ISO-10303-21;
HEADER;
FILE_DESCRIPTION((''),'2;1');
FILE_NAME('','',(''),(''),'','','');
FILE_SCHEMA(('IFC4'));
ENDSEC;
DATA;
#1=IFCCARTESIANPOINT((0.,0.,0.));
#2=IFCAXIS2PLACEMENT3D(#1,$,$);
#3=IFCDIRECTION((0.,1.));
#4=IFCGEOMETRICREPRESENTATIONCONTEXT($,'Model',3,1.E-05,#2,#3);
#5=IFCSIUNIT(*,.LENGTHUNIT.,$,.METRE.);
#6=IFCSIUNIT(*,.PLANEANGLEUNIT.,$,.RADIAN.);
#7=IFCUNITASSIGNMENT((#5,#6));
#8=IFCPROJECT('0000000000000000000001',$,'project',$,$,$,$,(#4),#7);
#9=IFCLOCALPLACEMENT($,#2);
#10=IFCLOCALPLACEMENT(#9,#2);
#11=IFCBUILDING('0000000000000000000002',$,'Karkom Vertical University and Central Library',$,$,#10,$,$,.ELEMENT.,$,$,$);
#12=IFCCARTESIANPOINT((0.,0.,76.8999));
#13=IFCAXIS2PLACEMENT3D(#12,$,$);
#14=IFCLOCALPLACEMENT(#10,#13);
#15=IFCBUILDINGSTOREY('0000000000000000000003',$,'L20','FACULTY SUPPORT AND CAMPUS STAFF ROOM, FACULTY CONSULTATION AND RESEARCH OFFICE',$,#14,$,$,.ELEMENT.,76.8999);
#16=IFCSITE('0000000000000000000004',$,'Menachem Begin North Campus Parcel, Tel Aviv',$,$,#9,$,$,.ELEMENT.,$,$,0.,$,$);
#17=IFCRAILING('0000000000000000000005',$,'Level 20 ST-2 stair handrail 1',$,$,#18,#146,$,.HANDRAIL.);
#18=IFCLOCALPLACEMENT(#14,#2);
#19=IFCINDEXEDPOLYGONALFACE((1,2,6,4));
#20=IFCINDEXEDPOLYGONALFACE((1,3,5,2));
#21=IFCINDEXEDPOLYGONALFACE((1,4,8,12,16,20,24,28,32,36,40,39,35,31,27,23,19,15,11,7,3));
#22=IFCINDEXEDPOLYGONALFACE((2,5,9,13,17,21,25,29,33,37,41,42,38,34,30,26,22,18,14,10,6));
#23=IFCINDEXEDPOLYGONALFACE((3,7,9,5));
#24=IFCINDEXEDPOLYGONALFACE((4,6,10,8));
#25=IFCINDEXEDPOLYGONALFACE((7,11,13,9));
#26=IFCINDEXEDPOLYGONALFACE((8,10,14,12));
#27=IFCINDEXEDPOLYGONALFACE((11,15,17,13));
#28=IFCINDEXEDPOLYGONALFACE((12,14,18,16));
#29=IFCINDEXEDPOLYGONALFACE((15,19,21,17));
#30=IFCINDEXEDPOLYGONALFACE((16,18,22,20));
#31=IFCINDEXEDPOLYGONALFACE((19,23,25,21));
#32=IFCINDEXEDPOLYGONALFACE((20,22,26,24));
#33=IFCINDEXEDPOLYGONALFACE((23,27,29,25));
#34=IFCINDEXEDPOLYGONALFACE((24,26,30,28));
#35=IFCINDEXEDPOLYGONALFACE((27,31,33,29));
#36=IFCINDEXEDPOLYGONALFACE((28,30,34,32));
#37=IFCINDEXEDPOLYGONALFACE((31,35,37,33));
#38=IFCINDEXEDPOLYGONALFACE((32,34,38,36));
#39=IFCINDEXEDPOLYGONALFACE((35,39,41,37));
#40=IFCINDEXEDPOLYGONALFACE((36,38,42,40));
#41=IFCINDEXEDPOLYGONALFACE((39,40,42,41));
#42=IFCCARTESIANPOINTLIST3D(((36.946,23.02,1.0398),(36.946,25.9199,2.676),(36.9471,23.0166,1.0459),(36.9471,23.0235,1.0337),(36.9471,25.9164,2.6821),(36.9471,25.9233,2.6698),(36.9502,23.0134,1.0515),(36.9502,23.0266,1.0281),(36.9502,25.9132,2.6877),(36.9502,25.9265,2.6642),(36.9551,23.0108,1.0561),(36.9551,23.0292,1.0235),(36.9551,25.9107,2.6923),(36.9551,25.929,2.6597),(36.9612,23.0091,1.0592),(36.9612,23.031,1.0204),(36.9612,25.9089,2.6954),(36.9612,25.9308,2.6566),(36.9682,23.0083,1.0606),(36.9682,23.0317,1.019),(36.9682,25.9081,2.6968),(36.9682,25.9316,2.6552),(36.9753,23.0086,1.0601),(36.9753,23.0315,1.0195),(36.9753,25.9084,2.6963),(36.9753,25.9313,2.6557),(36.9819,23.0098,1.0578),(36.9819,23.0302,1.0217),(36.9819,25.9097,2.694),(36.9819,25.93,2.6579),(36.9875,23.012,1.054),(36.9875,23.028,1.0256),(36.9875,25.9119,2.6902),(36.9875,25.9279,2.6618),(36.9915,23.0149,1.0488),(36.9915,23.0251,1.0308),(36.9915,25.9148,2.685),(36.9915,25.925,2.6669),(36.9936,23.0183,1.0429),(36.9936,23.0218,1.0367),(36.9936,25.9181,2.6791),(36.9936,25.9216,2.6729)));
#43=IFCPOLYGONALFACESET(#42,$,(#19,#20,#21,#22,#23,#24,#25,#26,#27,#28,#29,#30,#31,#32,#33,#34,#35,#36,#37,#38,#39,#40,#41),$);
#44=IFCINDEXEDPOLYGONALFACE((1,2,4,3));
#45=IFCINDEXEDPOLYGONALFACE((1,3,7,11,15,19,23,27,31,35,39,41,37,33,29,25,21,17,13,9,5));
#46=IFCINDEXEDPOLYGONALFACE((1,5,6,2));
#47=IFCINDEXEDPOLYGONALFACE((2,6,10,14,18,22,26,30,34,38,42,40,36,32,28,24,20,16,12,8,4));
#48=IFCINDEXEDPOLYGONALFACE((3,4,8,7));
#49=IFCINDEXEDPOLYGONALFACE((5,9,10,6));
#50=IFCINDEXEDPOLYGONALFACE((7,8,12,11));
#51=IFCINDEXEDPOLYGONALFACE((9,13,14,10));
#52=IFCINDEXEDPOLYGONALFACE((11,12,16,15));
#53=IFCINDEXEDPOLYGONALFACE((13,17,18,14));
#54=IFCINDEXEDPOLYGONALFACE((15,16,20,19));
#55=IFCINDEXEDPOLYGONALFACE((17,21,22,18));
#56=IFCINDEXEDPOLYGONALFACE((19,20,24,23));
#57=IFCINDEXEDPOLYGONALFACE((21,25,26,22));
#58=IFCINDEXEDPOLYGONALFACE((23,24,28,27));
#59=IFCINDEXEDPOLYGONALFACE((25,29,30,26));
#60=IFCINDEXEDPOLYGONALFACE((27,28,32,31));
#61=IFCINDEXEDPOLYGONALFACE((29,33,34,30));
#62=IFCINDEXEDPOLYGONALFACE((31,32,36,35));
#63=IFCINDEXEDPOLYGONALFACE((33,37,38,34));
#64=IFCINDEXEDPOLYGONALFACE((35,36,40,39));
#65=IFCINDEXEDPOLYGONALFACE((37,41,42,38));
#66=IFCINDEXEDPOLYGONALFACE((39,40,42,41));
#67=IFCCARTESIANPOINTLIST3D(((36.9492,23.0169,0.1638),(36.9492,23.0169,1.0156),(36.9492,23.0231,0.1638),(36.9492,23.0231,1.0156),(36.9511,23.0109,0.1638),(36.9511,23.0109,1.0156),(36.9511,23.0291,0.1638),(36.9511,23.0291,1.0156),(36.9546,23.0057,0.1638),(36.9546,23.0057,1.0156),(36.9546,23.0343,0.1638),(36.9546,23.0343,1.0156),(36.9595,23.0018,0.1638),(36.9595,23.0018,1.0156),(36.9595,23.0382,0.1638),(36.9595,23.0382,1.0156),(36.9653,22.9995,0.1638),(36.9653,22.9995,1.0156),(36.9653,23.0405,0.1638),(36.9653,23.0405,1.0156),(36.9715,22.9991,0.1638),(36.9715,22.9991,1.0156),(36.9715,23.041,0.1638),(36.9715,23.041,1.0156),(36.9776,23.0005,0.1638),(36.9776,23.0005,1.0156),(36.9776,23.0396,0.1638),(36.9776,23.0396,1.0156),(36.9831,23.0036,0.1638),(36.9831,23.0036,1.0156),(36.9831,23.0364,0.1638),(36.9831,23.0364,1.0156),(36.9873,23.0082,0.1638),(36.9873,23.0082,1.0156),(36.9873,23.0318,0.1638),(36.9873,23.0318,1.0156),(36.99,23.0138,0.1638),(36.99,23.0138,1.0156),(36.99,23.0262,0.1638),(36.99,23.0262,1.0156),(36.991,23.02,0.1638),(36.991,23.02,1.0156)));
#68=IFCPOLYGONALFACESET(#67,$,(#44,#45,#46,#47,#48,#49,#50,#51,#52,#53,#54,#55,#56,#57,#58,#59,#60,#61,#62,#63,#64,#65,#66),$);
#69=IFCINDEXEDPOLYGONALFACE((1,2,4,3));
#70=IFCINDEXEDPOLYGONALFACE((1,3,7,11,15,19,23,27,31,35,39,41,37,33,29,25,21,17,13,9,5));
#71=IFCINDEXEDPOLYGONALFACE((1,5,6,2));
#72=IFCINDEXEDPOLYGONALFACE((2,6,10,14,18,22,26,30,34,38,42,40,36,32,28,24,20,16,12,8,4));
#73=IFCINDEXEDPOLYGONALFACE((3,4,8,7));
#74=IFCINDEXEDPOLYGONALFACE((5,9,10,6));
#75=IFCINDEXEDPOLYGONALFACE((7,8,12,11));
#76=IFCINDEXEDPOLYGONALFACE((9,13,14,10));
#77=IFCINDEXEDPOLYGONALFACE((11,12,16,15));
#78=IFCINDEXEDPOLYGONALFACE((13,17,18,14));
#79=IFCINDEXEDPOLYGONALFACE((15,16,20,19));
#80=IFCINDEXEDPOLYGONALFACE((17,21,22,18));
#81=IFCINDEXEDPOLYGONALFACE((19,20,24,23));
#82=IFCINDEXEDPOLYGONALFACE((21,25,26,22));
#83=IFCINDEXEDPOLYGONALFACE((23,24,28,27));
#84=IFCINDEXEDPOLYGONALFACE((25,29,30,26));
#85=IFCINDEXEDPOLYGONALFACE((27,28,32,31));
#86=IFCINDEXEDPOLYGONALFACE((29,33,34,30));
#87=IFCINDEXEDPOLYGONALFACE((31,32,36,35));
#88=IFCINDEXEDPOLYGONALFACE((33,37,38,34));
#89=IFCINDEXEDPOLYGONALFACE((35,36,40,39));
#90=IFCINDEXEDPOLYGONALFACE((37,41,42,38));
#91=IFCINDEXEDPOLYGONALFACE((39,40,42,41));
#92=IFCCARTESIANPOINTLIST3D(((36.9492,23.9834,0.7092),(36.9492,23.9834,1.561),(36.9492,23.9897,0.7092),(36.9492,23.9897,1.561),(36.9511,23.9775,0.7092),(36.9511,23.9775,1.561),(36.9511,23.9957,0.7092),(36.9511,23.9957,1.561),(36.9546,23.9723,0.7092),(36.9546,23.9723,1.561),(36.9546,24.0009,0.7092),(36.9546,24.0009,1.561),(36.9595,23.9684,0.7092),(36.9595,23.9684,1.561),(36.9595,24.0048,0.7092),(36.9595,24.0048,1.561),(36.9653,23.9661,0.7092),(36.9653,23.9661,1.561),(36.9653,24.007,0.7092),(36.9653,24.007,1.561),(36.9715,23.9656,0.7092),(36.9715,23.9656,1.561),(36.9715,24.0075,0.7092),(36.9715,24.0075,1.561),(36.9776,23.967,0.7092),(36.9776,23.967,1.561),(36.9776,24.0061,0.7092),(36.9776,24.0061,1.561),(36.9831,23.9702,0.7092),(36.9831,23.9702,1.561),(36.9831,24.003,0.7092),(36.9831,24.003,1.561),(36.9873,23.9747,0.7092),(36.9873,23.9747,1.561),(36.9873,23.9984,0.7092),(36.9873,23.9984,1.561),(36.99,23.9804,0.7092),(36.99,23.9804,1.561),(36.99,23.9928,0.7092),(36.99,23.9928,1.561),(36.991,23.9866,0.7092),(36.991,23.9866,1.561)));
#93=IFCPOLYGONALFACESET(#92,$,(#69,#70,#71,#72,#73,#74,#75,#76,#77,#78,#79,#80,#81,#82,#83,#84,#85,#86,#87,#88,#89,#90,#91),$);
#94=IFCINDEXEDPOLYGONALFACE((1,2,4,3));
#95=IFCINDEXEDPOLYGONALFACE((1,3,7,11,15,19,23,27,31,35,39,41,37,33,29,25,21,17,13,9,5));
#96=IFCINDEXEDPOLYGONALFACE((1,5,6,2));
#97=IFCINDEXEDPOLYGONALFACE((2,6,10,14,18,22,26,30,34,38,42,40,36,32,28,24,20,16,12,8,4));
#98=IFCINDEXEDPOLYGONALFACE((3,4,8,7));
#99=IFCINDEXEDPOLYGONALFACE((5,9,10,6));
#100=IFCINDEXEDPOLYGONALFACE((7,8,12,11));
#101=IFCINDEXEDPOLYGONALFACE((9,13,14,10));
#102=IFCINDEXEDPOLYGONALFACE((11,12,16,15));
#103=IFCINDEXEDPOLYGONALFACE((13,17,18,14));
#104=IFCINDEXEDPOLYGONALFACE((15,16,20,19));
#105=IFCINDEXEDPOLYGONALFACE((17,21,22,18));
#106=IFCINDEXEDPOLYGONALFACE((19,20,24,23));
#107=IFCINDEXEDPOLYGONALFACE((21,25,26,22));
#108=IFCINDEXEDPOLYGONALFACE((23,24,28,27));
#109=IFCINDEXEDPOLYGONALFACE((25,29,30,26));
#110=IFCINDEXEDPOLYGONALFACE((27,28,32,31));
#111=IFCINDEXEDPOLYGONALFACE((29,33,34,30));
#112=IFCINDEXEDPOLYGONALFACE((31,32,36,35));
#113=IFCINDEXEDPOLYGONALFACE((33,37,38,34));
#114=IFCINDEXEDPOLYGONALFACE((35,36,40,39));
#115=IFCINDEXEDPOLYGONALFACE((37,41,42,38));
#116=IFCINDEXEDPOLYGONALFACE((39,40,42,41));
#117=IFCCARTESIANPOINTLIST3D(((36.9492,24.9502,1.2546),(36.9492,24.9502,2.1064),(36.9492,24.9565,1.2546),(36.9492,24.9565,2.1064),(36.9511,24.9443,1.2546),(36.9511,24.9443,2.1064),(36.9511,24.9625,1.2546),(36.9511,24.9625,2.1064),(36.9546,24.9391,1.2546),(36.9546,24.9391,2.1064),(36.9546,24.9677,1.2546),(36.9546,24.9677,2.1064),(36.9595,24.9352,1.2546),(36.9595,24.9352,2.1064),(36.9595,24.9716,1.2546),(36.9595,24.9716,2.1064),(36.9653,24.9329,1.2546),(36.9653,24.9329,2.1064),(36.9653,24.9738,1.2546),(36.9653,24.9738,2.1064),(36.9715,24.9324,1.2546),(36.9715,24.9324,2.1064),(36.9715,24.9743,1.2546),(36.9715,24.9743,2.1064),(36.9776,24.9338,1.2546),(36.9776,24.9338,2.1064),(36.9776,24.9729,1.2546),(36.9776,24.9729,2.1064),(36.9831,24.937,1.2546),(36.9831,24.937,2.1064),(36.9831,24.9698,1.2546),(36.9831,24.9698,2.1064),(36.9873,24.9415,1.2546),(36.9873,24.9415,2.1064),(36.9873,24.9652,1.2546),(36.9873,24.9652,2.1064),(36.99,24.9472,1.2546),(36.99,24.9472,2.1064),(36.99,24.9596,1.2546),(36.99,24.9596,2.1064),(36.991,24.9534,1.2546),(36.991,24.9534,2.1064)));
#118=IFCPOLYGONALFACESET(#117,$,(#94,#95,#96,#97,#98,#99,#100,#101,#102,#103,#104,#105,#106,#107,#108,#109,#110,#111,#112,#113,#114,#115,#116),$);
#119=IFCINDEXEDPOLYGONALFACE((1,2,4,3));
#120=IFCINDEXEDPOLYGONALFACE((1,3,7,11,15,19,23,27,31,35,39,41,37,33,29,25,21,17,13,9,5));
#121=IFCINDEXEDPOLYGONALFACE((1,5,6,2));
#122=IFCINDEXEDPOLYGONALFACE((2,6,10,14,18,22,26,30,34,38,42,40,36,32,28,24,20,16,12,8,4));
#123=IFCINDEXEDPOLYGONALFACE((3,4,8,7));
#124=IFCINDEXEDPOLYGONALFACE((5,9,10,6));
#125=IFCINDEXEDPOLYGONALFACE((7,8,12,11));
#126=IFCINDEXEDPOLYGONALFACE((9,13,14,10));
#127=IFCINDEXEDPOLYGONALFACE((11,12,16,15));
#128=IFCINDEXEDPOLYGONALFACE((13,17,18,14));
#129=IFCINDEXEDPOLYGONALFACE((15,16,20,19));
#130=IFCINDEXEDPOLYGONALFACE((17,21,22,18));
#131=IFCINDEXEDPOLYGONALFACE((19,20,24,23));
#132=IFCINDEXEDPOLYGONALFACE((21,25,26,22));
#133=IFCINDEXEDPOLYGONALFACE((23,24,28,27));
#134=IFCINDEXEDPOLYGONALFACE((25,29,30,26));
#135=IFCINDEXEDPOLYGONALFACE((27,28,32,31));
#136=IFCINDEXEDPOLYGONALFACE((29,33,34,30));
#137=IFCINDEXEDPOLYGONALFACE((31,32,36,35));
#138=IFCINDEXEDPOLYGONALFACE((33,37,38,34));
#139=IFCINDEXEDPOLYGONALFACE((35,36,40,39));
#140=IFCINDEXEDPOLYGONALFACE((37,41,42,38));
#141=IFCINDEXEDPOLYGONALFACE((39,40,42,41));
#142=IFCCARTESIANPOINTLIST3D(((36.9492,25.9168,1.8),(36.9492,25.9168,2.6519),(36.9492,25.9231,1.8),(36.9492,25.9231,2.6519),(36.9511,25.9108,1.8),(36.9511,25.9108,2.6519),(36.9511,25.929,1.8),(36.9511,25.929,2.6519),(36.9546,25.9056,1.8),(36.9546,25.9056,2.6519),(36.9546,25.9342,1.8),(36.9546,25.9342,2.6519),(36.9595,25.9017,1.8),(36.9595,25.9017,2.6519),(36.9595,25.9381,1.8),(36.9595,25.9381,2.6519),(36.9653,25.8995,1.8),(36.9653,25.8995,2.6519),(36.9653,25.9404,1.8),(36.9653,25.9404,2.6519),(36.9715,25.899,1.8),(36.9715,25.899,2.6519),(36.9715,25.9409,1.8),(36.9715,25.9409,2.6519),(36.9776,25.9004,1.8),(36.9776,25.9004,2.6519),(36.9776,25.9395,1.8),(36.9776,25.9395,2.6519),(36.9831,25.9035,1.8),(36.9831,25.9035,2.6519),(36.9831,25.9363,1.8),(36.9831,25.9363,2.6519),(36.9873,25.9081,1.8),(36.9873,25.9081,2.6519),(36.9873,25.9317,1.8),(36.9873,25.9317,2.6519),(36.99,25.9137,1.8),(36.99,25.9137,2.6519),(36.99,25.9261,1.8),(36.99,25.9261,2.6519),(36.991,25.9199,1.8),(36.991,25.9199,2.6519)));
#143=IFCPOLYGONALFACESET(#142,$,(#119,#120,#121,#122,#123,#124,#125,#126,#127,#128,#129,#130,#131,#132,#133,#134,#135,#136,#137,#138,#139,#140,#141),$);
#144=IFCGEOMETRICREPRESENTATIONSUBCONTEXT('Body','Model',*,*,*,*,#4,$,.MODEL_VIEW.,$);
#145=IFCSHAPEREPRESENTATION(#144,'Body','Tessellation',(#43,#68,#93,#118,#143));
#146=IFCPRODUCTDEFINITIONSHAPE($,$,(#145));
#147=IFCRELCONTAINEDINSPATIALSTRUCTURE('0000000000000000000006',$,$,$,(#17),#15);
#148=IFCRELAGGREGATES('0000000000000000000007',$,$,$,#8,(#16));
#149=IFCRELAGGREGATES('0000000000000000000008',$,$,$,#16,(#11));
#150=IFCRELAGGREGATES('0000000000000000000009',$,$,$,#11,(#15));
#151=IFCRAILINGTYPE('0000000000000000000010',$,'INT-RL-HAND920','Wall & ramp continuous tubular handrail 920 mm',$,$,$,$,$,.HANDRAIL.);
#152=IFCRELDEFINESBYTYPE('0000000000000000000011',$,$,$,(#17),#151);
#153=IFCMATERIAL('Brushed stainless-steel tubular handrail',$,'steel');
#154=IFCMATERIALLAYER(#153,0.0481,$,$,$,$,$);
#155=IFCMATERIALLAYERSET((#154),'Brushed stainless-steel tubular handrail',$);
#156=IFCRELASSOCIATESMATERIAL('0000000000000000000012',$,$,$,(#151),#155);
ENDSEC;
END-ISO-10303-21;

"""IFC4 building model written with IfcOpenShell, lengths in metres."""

from ifc_helpers import new_model, si_unit, direction, frame, origin, origin_2d, place, context, subcontext, project, spatial, circle, extrude, material, layer, layer_set, type_object, element, save


model = new_model("IFC4")

# Units and contexts
model_context = context("Model", 3, precision=1e-05, world=origin(), true_north=direction((0.0, 1.0)))
body_context = subcontext(model_context, "Body", "Model", "MODEL_VIEW")
ifc_project = project(units=[si_unit("LENGTHUNIT", "METRE"), si_unit("PLANEANGLEUNIT", "RADIAN")], contexts=[model_context])

# Site, building, storey
site_placement = place(None, origin())
site = spatial("IfcSite", under=ifc_project, at=site_placement, Name="Menachem Begin North Campus Parcel, Tel Aviv", CompositionType="ELEMENT", RefElevation=0.0)
building_placement = place(site_placement, origin())
building = spatial("IfcBuilding", under=site, at=building_placement, Name="Karkom Vertical University and Central Library", CompositionType="ELEMENT")
storey_placement = place(building_placement, frame((0.0, 0.0, 76.8999)))
storey = spatial("IfcBuildingStorey", under=building, at=storey_placement, Name="L20", Description="FACULTY SUPPORT AND CAMPUS STAFF ROOM, FACULTY CONSULTATION AND RESEARCH OFFICE", CompositionType="ELEMENT", Elevation=76.8999)

# Railing
ifc_material_1 = material(Name="Brushed stainless-steel tubular handrail", Category="steel")
ifc_layer_1 = layer(ifc_material_1, 0.0481)
ifc_layer_set_1 = layer_set([ifc_layer_1], Name="Brushed stainless-steel tubular handrail")
railing_type_1 = type_object("IfcRailingType", Name="INT-RL-HAND920", Description="Wall & ramp continuous tubular handrail 920 mm", PredefinedType="HANDRAIL", material=ifc_layer_set_1)
railing_1_placement = place(storey_placement, frame((36.97, 23.02, 0.1638)))
element("IfcRailing", 1, at=railing_1_placement, inside=storey, type_object=railing_type_1, Name="Level 20 ST-2 stair handrail 1", PredefinedType="HANDRAIL", context=body_context, shape_type="SweptSolid", body=[
    extrude(circle(Radius=0.0239, at=origin_2d()), frame((0.0, 0.0, 0.876), z_axis=(0.0, 0.870929, 0.49141), x_axis=(-1.0, 0.0, 0.0)), (0.0, 0.0, 1.0), 3.3296),
    extrude(circle(Radius=0.021, at=origin_2d()), origin(), (0.0, 0.0, 1.0), 0.8518),
    extrude(circle(Radius=0.021, at=origin_2d()), frame((0.0, 0.9666, 0.5454)), (0.0, 0.0, 1.0), 0.8518),
    extrude(circle(Radius=0.021, at=origin_2d()), frame((0.0, 1.9333, 1.0908)), (0.0, 0.0, 1.0), 0.8518),
    extrude(circle(Radius=0.021, at=origin_2d()), frame((0.0, 2.8999, 1.6362)), (0.0, 0.0, 1.0), 0.8518),
])

save(model, "model.ifc")
